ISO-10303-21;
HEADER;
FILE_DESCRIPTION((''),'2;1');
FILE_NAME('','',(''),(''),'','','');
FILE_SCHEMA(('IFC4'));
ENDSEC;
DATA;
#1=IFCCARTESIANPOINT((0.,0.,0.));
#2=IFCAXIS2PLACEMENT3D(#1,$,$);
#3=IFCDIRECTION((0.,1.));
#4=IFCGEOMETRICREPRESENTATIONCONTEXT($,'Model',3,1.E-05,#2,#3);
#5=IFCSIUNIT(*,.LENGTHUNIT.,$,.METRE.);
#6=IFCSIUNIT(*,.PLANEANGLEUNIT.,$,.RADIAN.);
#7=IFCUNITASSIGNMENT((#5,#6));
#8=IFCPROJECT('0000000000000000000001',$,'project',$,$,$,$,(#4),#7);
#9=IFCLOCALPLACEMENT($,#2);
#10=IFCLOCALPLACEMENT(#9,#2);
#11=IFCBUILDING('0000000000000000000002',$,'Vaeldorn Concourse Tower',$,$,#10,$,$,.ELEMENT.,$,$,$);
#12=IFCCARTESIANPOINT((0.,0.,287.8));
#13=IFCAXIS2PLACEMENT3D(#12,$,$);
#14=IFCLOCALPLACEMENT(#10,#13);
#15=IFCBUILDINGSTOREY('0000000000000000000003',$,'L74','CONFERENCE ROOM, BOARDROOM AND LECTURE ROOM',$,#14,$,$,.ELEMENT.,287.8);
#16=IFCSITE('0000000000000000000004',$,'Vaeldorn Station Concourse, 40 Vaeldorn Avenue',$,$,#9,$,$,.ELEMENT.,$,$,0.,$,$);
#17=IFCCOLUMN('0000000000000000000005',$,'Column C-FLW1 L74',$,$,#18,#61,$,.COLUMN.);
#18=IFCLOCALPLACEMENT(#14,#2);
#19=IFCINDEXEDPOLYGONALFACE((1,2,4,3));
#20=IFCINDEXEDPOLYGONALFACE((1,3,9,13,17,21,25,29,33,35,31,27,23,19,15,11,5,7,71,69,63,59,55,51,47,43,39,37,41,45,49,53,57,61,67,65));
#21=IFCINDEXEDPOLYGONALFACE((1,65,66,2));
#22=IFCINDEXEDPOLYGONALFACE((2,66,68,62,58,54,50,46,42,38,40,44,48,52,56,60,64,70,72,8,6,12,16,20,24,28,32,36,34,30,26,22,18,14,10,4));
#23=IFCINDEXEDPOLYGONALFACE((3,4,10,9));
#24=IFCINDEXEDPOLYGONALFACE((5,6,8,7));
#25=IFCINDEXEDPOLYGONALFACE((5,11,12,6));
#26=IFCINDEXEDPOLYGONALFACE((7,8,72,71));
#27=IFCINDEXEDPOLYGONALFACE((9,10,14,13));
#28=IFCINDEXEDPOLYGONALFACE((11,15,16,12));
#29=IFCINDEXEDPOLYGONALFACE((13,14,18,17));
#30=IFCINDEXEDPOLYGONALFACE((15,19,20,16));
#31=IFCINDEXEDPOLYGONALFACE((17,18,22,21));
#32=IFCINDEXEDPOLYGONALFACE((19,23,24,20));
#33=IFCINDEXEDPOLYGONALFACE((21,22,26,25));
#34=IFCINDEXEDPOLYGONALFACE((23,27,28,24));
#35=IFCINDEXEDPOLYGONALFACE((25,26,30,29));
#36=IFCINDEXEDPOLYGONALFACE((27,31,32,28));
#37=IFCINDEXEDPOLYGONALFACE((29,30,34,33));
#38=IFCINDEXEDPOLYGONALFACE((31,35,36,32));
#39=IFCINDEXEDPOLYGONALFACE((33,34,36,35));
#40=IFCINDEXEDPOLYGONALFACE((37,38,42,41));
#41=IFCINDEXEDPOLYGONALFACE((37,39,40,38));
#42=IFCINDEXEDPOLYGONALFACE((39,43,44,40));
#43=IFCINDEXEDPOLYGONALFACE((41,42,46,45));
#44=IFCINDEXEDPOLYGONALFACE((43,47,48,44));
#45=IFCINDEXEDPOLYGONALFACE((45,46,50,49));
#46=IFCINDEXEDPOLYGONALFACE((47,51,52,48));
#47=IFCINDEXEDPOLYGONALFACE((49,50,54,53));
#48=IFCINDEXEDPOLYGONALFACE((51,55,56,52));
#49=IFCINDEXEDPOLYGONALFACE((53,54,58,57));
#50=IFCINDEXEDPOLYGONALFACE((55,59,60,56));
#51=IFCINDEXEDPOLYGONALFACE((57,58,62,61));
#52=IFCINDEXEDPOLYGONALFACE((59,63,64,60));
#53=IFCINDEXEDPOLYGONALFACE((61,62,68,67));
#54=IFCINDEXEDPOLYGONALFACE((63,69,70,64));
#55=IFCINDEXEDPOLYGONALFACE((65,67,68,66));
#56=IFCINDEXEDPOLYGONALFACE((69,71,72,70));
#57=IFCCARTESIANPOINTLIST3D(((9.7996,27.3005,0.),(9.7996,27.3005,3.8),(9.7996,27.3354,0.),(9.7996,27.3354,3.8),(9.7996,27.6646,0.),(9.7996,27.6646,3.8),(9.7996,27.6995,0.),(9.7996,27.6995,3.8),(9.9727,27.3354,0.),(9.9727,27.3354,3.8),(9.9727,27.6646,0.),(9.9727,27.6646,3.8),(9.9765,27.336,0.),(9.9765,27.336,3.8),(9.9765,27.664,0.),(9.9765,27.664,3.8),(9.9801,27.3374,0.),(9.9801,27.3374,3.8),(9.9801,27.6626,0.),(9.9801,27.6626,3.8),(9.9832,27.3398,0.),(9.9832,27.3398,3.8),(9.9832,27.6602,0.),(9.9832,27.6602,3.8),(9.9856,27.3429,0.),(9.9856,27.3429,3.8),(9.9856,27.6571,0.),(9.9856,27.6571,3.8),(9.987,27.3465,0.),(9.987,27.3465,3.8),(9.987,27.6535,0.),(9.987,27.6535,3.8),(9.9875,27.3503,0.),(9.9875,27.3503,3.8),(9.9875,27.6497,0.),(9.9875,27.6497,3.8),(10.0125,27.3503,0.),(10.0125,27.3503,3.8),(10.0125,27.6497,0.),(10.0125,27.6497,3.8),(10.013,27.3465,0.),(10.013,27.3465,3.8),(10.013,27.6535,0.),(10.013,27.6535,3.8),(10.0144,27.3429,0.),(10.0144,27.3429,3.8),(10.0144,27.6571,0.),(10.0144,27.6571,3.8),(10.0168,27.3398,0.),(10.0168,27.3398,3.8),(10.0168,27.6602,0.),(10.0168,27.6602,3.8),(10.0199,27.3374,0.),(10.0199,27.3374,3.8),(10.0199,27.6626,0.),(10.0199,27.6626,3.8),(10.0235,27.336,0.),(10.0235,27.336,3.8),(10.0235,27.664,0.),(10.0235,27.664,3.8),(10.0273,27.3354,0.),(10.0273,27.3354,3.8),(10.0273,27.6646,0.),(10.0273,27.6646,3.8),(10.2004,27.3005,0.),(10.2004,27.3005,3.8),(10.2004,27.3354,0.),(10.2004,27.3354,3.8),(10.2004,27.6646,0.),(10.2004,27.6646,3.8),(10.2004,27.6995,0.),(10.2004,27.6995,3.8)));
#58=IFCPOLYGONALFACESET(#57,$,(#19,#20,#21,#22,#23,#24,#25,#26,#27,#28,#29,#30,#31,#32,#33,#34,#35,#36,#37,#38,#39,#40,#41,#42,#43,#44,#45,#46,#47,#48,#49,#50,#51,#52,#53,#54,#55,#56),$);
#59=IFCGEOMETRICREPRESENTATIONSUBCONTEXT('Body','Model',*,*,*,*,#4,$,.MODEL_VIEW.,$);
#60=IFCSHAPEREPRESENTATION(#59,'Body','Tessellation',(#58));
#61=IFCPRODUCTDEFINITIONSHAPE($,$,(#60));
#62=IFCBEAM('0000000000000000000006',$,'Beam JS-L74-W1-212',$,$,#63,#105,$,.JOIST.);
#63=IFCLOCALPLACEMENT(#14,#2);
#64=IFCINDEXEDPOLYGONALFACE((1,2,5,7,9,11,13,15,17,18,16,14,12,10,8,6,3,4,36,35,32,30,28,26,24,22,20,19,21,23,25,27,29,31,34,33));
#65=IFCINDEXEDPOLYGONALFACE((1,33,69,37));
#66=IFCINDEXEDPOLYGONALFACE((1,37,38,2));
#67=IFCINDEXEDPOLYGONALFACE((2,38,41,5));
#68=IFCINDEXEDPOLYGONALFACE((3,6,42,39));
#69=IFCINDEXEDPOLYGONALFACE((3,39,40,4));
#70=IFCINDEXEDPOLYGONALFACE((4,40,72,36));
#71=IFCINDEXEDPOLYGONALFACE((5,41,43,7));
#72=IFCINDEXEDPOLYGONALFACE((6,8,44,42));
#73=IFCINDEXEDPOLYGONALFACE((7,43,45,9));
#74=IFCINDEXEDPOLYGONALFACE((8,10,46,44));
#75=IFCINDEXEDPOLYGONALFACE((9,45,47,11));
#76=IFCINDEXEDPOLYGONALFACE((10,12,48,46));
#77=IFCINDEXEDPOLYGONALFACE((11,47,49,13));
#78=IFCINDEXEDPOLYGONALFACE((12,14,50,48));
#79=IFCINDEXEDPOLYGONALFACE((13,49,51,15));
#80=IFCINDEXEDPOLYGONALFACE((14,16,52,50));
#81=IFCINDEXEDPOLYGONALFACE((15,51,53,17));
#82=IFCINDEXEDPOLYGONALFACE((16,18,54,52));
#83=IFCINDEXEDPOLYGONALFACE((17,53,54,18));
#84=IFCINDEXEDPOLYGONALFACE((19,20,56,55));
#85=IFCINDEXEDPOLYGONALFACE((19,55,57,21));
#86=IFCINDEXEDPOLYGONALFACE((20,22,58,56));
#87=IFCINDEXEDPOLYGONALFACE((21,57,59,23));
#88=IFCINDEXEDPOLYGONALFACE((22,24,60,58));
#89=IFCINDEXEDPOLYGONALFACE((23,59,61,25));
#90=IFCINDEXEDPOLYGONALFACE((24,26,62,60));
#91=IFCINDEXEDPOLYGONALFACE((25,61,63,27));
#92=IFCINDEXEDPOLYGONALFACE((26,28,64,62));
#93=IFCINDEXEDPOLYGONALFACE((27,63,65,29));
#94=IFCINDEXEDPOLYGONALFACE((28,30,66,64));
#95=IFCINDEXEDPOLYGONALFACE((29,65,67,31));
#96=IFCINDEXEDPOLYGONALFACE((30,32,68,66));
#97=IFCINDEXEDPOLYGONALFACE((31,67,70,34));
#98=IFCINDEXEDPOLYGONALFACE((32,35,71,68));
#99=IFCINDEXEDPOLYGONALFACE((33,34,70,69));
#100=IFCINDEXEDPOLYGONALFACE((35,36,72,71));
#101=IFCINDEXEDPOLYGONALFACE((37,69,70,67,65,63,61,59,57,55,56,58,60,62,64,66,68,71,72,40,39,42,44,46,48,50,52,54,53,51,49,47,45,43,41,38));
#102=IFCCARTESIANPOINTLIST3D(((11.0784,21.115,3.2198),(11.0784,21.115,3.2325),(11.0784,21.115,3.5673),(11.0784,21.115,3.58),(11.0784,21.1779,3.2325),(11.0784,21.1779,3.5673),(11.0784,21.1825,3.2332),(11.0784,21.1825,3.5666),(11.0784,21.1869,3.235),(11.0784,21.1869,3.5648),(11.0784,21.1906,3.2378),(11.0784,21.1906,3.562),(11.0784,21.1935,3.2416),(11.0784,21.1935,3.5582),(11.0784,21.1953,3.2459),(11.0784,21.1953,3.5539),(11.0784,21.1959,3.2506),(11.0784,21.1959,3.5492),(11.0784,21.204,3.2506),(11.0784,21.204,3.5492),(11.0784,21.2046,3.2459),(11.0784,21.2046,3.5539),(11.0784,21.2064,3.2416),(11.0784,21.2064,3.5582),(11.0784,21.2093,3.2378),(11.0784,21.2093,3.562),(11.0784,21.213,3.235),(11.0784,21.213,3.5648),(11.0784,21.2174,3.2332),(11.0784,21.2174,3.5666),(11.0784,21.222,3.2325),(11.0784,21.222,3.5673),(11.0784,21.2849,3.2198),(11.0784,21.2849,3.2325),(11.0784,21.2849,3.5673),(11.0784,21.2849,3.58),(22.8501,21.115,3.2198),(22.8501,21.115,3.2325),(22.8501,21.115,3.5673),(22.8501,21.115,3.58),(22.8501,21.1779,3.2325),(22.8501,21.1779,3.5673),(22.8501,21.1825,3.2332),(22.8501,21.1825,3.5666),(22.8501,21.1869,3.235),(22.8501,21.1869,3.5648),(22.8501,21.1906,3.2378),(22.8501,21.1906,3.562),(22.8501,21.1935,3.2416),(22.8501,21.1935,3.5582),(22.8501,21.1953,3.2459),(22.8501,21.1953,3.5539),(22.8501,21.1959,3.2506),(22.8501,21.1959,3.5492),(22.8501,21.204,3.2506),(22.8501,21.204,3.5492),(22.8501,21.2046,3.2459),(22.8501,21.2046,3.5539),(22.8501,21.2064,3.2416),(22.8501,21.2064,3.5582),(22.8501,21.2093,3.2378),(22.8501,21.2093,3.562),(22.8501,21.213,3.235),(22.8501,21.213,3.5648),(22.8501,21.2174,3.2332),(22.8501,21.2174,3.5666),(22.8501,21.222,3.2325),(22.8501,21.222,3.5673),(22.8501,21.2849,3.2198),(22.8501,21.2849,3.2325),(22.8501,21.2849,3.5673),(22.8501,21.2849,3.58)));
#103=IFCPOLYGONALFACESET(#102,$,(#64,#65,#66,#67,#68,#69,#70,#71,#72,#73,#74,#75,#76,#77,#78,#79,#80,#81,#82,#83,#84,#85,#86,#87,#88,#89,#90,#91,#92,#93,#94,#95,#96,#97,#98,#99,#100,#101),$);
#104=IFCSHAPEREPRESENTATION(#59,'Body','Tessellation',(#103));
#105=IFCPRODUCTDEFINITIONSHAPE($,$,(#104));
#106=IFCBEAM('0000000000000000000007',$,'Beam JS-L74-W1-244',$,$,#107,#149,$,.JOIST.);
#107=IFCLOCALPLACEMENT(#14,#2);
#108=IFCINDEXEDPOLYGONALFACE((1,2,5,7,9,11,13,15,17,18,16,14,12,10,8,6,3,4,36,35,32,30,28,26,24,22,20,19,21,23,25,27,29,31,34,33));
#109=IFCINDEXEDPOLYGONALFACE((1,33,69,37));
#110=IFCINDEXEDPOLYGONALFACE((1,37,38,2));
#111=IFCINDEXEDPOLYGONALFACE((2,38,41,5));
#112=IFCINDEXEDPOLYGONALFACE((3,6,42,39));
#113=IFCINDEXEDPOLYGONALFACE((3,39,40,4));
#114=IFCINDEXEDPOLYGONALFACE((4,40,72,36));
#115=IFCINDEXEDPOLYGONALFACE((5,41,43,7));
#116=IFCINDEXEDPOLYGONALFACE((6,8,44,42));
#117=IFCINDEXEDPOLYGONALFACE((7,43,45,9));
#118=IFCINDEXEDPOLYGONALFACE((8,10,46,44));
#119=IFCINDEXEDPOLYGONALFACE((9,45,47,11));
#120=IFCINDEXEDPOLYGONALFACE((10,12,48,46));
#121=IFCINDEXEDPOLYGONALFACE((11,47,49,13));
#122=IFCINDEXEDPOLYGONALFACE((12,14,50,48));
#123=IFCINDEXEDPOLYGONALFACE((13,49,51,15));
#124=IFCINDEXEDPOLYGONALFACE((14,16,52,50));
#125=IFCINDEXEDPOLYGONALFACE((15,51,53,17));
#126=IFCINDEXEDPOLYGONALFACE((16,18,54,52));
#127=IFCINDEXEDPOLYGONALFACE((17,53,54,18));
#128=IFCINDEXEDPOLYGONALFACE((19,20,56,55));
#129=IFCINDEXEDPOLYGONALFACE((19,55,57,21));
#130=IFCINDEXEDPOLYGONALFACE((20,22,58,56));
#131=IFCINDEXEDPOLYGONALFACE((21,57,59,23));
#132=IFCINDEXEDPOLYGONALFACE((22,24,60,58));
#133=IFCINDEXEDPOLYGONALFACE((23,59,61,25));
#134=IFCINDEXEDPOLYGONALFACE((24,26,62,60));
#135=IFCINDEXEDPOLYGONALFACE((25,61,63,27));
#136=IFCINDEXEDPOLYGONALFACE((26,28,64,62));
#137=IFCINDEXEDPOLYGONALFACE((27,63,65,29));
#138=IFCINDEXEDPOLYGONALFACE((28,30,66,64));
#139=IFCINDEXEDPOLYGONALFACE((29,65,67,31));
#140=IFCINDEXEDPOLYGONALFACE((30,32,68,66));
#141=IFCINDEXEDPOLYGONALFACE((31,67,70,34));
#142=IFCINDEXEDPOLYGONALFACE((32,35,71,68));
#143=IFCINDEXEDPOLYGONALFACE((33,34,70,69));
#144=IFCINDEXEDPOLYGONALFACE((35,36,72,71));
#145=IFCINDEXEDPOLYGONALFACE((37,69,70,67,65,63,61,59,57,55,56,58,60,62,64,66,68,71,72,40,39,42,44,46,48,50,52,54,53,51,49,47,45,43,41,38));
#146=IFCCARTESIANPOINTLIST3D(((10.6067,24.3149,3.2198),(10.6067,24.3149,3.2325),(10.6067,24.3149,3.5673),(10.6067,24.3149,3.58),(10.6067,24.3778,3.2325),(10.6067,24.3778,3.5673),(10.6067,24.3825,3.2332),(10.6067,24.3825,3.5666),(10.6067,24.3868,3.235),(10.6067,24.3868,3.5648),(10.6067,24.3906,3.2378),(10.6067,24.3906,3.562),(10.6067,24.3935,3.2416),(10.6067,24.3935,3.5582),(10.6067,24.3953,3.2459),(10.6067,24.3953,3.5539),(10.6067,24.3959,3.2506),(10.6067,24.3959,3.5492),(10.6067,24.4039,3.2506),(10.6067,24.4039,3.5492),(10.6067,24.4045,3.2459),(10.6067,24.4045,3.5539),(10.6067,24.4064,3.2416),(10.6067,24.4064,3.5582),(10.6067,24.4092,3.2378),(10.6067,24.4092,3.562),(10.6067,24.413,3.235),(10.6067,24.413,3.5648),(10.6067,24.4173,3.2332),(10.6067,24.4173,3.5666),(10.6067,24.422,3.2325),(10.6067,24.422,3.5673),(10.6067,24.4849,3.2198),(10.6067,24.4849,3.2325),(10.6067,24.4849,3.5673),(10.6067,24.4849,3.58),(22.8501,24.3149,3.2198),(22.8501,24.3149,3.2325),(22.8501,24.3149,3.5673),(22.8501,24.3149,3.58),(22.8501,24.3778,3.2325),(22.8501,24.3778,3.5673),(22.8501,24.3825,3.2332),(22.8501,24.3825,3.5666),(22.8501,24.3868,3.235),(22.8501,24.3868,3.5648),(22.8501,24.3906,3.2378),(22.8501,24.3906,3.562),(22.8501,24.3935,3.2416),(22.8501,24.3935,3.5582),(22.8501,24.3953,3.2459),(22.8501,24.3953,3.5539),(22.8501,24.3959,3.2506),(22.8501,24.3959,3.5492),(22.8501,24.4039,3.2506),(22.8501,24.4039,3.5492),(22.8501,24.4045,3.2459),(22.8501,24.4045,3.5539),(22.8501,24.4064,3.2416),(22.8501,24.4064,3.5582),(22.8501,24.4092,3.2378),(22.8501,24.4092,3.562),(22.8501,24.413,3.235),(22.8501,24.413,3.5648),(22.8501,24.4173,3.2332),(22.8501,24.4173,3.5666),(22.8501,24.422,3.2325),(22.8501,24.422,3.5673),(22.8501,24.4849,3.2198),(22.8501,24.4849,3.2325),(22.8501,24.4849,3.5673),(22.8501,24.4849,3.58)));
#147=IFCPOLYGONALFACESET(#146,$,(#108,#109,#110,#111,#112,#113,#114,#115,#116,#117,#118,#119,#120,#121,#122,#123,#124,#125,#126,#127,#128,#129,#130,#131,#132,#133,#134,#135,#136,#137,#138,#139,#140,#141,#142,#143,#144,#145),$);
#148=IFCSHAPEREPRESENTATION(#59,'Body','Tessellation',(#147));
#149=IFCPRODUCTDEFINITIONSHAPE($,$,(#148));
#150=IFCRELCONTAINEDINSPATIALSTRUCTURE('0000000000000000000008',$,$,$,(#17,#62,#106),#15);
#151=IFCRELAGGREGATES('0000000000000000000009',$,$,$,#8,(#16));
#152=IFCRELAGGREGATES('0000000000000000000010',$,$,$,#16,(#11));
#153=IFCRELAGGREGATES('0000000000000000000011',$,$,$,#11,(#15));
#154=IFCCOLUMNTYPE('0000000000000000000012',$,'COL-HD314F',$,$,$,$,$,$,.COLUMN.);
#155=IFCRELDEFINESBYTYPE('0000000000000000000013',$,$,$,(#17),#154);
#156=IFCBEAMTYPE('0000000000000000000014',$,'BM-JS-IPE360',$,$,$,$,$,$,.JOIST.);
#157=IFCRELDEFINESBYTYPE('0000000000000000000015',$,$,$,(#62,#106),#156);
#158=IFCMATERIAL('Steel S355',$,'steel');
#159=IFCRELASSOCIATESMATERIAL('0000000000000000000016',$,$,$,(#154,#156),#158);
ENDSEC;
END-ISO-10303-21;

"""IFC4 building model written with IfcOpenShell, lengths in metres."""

from ifc_helpers import new_model, si_unit, direction, frame, origin, origin_2d, place, context, subcontext, project, spatial, i_section, extrude, source, transform, mapped, material, material_profile, profile_set, type_object, element, save


model = new_model("IFC4")

# Units and contexts
model_context = context("Model", 3, precision=1e-05, world=origin(), true_north=direction((0.0, 1.0)))
body_context = subcontext(model_context, "Body", "Model", "MODEL_VIEW")
ifc_project = project(units=[si_unit("LENGTHUNIT", "METRE"), si_unit("PLANEANGLEUNIT", "RADIAN")], contexts=[model_context])

# Site, building, storey
site_placement = place(None, origin())
site = spatial("IfcSite", under=ifc_project, at=site_placement, Name="Vaeldorn Station Concourse, 40 Vaeldorn Avenue", CompositionType="ELEMENT", RefElevation=0.0)
building_placement = place(site_placement, origin())
building = spatial("IfcBuilding", under=site, at=building_placement, Name="Vaeldorn Concourse Tower", CompositionType="ELEMENT")
storey_placement = place(building_placement, frame((0.0, 0.0, 287.8)))
storey = spatial("IfcBuildingStorey", under=building, at=storey_placement, Name="L74", Description="CONFERENCE ROOM, BOARDROOM AND LECTURE ROOM", CompositionType="ELEMENT", Elevation=287.8)

# Column
ifc_material_1 = material(Name="Steel S355", Category="steel")
ifc_material_profile_1 = material_profile(ifc_material_1, i_section(OverallWidth=0.4009, OverallDepth=0.3989, WebThickness=0.0249, FlangeThickness=0.0349, FilletRadius=0.0149, at=origin_2d()), Name="HD 400x314")
ifc_profile_set_1 = profile_set([ifc_material_profile_1], Name="Steel S355")
column_type = type_object("IfcColumnType", Name="COL-HD314F", PredefinedType="COLUMN", material=ifc_profile_set_1)
shared_shape_1 = source(origin(), body_context, "Body", "SweptSolid", [
    extrude(i_section(OverallWidth=0.4009, OverallDepth=0.3989, WebThickness=0.0249, FlangeThickness=0.0349, FilletRadius=0.0149, at=origin_2d()), origin(), (0.0, 0.0, 1.0), 3.8),
])
column_placement = place(storey_placement, frame((10.0, 27.5, 0.0), z_axis=(0.0, 0.0, 1.0), x_axis=(1.0, 0.0, 0.0)))
element("IfcColumn", 1, at=column_placement, inside=storey, type_object=column_type, Name="Column C-FLW1 L74", PredefinedType="COLUMN", context=body_context, shape_type="MappedRepresentation", body=[
    mapped(shared_shape_1, transform((0.0, 0.0, 0.0), scale=1.0)),
])

# Beams
ifc_material_profile_2 = material_profile(ifc_material_1, i_section(OverallWidth=0.1699, OverallDepth=0.3601, WebThickness=0.0081, FlangeThickness=0.0127, FilletRadius=0.0181, at=origin_2d()), Name="IPE 360")
ifc_profile_set_2 = profile_set([ifc_material_profile_2], Name="Steel S355")
beam_type_1 = type_object("IfcBeamType", Name="BM-JS-IPE360", PredefinedType="JOIST", material=ifc_profile_set_2)
shared_shape_2 = source(origin(), body_context, "Body", "SweptSolid", [
    extrude(i_section(OverallWidth=0.1699, OverallDepth=0.3601, WebThickness=0.0081, FlangeThickness=0.0127, FilletRadius=0.0181, at=origin_2d()), origin(), (0.0, 0.0, 1.0), 11.7717),
])
beam_1_placement = place(storey_placement, frame((11.0784, 21.2, 3.3999), z_axis=(1.0, 0.0, 0.0), x_axis=(0.0, 1.0, 0.0)))
element("IfcBeam", 2, at=beam_1_placement, inside=storey, type_object=beam_type_1, Name="Beam JS-L74-W1-212", PredefinedType="JOIST", context=body_context, shape_type="MappedRepresentation", body=[
    mapped(shared_shape_2, transform((0.0, 0.0, 0.0), scale=1.0)),
])
shared_shape_3 = source(origin(), body_context, "Body", "SweptSolid", [
    extrude(i_section(OverallWidth=0.1699, OverallDepth=0.3601, WebThickness=0.0081, FlangeThickness=0.0127, FilletRadius=0.0181, at=origin_2d()), origin(), (0.0, 0.0, 1.0), 12.2434),
])
beam_2_placement = place(storey_placement, frame((10.6067, 24.3999, 3.3999), z_axis=(1.0, 0.0, 0.0), x_axis=(0.0, 1.0, 0.0)))
element("IfcBeam", 3, at=beam_2_placement, inside=storey, type_object=beam_type_1, Name="Beam JS-L74-W1-244", PredefinedType="JOIST", context=body_context, shape_type="MappedRepresentation", body=[
    mapped(shared_shape_3, transform((0.0, 0.0, 0.0), scale=1.0)),
])

save(model, "model.ifc")
